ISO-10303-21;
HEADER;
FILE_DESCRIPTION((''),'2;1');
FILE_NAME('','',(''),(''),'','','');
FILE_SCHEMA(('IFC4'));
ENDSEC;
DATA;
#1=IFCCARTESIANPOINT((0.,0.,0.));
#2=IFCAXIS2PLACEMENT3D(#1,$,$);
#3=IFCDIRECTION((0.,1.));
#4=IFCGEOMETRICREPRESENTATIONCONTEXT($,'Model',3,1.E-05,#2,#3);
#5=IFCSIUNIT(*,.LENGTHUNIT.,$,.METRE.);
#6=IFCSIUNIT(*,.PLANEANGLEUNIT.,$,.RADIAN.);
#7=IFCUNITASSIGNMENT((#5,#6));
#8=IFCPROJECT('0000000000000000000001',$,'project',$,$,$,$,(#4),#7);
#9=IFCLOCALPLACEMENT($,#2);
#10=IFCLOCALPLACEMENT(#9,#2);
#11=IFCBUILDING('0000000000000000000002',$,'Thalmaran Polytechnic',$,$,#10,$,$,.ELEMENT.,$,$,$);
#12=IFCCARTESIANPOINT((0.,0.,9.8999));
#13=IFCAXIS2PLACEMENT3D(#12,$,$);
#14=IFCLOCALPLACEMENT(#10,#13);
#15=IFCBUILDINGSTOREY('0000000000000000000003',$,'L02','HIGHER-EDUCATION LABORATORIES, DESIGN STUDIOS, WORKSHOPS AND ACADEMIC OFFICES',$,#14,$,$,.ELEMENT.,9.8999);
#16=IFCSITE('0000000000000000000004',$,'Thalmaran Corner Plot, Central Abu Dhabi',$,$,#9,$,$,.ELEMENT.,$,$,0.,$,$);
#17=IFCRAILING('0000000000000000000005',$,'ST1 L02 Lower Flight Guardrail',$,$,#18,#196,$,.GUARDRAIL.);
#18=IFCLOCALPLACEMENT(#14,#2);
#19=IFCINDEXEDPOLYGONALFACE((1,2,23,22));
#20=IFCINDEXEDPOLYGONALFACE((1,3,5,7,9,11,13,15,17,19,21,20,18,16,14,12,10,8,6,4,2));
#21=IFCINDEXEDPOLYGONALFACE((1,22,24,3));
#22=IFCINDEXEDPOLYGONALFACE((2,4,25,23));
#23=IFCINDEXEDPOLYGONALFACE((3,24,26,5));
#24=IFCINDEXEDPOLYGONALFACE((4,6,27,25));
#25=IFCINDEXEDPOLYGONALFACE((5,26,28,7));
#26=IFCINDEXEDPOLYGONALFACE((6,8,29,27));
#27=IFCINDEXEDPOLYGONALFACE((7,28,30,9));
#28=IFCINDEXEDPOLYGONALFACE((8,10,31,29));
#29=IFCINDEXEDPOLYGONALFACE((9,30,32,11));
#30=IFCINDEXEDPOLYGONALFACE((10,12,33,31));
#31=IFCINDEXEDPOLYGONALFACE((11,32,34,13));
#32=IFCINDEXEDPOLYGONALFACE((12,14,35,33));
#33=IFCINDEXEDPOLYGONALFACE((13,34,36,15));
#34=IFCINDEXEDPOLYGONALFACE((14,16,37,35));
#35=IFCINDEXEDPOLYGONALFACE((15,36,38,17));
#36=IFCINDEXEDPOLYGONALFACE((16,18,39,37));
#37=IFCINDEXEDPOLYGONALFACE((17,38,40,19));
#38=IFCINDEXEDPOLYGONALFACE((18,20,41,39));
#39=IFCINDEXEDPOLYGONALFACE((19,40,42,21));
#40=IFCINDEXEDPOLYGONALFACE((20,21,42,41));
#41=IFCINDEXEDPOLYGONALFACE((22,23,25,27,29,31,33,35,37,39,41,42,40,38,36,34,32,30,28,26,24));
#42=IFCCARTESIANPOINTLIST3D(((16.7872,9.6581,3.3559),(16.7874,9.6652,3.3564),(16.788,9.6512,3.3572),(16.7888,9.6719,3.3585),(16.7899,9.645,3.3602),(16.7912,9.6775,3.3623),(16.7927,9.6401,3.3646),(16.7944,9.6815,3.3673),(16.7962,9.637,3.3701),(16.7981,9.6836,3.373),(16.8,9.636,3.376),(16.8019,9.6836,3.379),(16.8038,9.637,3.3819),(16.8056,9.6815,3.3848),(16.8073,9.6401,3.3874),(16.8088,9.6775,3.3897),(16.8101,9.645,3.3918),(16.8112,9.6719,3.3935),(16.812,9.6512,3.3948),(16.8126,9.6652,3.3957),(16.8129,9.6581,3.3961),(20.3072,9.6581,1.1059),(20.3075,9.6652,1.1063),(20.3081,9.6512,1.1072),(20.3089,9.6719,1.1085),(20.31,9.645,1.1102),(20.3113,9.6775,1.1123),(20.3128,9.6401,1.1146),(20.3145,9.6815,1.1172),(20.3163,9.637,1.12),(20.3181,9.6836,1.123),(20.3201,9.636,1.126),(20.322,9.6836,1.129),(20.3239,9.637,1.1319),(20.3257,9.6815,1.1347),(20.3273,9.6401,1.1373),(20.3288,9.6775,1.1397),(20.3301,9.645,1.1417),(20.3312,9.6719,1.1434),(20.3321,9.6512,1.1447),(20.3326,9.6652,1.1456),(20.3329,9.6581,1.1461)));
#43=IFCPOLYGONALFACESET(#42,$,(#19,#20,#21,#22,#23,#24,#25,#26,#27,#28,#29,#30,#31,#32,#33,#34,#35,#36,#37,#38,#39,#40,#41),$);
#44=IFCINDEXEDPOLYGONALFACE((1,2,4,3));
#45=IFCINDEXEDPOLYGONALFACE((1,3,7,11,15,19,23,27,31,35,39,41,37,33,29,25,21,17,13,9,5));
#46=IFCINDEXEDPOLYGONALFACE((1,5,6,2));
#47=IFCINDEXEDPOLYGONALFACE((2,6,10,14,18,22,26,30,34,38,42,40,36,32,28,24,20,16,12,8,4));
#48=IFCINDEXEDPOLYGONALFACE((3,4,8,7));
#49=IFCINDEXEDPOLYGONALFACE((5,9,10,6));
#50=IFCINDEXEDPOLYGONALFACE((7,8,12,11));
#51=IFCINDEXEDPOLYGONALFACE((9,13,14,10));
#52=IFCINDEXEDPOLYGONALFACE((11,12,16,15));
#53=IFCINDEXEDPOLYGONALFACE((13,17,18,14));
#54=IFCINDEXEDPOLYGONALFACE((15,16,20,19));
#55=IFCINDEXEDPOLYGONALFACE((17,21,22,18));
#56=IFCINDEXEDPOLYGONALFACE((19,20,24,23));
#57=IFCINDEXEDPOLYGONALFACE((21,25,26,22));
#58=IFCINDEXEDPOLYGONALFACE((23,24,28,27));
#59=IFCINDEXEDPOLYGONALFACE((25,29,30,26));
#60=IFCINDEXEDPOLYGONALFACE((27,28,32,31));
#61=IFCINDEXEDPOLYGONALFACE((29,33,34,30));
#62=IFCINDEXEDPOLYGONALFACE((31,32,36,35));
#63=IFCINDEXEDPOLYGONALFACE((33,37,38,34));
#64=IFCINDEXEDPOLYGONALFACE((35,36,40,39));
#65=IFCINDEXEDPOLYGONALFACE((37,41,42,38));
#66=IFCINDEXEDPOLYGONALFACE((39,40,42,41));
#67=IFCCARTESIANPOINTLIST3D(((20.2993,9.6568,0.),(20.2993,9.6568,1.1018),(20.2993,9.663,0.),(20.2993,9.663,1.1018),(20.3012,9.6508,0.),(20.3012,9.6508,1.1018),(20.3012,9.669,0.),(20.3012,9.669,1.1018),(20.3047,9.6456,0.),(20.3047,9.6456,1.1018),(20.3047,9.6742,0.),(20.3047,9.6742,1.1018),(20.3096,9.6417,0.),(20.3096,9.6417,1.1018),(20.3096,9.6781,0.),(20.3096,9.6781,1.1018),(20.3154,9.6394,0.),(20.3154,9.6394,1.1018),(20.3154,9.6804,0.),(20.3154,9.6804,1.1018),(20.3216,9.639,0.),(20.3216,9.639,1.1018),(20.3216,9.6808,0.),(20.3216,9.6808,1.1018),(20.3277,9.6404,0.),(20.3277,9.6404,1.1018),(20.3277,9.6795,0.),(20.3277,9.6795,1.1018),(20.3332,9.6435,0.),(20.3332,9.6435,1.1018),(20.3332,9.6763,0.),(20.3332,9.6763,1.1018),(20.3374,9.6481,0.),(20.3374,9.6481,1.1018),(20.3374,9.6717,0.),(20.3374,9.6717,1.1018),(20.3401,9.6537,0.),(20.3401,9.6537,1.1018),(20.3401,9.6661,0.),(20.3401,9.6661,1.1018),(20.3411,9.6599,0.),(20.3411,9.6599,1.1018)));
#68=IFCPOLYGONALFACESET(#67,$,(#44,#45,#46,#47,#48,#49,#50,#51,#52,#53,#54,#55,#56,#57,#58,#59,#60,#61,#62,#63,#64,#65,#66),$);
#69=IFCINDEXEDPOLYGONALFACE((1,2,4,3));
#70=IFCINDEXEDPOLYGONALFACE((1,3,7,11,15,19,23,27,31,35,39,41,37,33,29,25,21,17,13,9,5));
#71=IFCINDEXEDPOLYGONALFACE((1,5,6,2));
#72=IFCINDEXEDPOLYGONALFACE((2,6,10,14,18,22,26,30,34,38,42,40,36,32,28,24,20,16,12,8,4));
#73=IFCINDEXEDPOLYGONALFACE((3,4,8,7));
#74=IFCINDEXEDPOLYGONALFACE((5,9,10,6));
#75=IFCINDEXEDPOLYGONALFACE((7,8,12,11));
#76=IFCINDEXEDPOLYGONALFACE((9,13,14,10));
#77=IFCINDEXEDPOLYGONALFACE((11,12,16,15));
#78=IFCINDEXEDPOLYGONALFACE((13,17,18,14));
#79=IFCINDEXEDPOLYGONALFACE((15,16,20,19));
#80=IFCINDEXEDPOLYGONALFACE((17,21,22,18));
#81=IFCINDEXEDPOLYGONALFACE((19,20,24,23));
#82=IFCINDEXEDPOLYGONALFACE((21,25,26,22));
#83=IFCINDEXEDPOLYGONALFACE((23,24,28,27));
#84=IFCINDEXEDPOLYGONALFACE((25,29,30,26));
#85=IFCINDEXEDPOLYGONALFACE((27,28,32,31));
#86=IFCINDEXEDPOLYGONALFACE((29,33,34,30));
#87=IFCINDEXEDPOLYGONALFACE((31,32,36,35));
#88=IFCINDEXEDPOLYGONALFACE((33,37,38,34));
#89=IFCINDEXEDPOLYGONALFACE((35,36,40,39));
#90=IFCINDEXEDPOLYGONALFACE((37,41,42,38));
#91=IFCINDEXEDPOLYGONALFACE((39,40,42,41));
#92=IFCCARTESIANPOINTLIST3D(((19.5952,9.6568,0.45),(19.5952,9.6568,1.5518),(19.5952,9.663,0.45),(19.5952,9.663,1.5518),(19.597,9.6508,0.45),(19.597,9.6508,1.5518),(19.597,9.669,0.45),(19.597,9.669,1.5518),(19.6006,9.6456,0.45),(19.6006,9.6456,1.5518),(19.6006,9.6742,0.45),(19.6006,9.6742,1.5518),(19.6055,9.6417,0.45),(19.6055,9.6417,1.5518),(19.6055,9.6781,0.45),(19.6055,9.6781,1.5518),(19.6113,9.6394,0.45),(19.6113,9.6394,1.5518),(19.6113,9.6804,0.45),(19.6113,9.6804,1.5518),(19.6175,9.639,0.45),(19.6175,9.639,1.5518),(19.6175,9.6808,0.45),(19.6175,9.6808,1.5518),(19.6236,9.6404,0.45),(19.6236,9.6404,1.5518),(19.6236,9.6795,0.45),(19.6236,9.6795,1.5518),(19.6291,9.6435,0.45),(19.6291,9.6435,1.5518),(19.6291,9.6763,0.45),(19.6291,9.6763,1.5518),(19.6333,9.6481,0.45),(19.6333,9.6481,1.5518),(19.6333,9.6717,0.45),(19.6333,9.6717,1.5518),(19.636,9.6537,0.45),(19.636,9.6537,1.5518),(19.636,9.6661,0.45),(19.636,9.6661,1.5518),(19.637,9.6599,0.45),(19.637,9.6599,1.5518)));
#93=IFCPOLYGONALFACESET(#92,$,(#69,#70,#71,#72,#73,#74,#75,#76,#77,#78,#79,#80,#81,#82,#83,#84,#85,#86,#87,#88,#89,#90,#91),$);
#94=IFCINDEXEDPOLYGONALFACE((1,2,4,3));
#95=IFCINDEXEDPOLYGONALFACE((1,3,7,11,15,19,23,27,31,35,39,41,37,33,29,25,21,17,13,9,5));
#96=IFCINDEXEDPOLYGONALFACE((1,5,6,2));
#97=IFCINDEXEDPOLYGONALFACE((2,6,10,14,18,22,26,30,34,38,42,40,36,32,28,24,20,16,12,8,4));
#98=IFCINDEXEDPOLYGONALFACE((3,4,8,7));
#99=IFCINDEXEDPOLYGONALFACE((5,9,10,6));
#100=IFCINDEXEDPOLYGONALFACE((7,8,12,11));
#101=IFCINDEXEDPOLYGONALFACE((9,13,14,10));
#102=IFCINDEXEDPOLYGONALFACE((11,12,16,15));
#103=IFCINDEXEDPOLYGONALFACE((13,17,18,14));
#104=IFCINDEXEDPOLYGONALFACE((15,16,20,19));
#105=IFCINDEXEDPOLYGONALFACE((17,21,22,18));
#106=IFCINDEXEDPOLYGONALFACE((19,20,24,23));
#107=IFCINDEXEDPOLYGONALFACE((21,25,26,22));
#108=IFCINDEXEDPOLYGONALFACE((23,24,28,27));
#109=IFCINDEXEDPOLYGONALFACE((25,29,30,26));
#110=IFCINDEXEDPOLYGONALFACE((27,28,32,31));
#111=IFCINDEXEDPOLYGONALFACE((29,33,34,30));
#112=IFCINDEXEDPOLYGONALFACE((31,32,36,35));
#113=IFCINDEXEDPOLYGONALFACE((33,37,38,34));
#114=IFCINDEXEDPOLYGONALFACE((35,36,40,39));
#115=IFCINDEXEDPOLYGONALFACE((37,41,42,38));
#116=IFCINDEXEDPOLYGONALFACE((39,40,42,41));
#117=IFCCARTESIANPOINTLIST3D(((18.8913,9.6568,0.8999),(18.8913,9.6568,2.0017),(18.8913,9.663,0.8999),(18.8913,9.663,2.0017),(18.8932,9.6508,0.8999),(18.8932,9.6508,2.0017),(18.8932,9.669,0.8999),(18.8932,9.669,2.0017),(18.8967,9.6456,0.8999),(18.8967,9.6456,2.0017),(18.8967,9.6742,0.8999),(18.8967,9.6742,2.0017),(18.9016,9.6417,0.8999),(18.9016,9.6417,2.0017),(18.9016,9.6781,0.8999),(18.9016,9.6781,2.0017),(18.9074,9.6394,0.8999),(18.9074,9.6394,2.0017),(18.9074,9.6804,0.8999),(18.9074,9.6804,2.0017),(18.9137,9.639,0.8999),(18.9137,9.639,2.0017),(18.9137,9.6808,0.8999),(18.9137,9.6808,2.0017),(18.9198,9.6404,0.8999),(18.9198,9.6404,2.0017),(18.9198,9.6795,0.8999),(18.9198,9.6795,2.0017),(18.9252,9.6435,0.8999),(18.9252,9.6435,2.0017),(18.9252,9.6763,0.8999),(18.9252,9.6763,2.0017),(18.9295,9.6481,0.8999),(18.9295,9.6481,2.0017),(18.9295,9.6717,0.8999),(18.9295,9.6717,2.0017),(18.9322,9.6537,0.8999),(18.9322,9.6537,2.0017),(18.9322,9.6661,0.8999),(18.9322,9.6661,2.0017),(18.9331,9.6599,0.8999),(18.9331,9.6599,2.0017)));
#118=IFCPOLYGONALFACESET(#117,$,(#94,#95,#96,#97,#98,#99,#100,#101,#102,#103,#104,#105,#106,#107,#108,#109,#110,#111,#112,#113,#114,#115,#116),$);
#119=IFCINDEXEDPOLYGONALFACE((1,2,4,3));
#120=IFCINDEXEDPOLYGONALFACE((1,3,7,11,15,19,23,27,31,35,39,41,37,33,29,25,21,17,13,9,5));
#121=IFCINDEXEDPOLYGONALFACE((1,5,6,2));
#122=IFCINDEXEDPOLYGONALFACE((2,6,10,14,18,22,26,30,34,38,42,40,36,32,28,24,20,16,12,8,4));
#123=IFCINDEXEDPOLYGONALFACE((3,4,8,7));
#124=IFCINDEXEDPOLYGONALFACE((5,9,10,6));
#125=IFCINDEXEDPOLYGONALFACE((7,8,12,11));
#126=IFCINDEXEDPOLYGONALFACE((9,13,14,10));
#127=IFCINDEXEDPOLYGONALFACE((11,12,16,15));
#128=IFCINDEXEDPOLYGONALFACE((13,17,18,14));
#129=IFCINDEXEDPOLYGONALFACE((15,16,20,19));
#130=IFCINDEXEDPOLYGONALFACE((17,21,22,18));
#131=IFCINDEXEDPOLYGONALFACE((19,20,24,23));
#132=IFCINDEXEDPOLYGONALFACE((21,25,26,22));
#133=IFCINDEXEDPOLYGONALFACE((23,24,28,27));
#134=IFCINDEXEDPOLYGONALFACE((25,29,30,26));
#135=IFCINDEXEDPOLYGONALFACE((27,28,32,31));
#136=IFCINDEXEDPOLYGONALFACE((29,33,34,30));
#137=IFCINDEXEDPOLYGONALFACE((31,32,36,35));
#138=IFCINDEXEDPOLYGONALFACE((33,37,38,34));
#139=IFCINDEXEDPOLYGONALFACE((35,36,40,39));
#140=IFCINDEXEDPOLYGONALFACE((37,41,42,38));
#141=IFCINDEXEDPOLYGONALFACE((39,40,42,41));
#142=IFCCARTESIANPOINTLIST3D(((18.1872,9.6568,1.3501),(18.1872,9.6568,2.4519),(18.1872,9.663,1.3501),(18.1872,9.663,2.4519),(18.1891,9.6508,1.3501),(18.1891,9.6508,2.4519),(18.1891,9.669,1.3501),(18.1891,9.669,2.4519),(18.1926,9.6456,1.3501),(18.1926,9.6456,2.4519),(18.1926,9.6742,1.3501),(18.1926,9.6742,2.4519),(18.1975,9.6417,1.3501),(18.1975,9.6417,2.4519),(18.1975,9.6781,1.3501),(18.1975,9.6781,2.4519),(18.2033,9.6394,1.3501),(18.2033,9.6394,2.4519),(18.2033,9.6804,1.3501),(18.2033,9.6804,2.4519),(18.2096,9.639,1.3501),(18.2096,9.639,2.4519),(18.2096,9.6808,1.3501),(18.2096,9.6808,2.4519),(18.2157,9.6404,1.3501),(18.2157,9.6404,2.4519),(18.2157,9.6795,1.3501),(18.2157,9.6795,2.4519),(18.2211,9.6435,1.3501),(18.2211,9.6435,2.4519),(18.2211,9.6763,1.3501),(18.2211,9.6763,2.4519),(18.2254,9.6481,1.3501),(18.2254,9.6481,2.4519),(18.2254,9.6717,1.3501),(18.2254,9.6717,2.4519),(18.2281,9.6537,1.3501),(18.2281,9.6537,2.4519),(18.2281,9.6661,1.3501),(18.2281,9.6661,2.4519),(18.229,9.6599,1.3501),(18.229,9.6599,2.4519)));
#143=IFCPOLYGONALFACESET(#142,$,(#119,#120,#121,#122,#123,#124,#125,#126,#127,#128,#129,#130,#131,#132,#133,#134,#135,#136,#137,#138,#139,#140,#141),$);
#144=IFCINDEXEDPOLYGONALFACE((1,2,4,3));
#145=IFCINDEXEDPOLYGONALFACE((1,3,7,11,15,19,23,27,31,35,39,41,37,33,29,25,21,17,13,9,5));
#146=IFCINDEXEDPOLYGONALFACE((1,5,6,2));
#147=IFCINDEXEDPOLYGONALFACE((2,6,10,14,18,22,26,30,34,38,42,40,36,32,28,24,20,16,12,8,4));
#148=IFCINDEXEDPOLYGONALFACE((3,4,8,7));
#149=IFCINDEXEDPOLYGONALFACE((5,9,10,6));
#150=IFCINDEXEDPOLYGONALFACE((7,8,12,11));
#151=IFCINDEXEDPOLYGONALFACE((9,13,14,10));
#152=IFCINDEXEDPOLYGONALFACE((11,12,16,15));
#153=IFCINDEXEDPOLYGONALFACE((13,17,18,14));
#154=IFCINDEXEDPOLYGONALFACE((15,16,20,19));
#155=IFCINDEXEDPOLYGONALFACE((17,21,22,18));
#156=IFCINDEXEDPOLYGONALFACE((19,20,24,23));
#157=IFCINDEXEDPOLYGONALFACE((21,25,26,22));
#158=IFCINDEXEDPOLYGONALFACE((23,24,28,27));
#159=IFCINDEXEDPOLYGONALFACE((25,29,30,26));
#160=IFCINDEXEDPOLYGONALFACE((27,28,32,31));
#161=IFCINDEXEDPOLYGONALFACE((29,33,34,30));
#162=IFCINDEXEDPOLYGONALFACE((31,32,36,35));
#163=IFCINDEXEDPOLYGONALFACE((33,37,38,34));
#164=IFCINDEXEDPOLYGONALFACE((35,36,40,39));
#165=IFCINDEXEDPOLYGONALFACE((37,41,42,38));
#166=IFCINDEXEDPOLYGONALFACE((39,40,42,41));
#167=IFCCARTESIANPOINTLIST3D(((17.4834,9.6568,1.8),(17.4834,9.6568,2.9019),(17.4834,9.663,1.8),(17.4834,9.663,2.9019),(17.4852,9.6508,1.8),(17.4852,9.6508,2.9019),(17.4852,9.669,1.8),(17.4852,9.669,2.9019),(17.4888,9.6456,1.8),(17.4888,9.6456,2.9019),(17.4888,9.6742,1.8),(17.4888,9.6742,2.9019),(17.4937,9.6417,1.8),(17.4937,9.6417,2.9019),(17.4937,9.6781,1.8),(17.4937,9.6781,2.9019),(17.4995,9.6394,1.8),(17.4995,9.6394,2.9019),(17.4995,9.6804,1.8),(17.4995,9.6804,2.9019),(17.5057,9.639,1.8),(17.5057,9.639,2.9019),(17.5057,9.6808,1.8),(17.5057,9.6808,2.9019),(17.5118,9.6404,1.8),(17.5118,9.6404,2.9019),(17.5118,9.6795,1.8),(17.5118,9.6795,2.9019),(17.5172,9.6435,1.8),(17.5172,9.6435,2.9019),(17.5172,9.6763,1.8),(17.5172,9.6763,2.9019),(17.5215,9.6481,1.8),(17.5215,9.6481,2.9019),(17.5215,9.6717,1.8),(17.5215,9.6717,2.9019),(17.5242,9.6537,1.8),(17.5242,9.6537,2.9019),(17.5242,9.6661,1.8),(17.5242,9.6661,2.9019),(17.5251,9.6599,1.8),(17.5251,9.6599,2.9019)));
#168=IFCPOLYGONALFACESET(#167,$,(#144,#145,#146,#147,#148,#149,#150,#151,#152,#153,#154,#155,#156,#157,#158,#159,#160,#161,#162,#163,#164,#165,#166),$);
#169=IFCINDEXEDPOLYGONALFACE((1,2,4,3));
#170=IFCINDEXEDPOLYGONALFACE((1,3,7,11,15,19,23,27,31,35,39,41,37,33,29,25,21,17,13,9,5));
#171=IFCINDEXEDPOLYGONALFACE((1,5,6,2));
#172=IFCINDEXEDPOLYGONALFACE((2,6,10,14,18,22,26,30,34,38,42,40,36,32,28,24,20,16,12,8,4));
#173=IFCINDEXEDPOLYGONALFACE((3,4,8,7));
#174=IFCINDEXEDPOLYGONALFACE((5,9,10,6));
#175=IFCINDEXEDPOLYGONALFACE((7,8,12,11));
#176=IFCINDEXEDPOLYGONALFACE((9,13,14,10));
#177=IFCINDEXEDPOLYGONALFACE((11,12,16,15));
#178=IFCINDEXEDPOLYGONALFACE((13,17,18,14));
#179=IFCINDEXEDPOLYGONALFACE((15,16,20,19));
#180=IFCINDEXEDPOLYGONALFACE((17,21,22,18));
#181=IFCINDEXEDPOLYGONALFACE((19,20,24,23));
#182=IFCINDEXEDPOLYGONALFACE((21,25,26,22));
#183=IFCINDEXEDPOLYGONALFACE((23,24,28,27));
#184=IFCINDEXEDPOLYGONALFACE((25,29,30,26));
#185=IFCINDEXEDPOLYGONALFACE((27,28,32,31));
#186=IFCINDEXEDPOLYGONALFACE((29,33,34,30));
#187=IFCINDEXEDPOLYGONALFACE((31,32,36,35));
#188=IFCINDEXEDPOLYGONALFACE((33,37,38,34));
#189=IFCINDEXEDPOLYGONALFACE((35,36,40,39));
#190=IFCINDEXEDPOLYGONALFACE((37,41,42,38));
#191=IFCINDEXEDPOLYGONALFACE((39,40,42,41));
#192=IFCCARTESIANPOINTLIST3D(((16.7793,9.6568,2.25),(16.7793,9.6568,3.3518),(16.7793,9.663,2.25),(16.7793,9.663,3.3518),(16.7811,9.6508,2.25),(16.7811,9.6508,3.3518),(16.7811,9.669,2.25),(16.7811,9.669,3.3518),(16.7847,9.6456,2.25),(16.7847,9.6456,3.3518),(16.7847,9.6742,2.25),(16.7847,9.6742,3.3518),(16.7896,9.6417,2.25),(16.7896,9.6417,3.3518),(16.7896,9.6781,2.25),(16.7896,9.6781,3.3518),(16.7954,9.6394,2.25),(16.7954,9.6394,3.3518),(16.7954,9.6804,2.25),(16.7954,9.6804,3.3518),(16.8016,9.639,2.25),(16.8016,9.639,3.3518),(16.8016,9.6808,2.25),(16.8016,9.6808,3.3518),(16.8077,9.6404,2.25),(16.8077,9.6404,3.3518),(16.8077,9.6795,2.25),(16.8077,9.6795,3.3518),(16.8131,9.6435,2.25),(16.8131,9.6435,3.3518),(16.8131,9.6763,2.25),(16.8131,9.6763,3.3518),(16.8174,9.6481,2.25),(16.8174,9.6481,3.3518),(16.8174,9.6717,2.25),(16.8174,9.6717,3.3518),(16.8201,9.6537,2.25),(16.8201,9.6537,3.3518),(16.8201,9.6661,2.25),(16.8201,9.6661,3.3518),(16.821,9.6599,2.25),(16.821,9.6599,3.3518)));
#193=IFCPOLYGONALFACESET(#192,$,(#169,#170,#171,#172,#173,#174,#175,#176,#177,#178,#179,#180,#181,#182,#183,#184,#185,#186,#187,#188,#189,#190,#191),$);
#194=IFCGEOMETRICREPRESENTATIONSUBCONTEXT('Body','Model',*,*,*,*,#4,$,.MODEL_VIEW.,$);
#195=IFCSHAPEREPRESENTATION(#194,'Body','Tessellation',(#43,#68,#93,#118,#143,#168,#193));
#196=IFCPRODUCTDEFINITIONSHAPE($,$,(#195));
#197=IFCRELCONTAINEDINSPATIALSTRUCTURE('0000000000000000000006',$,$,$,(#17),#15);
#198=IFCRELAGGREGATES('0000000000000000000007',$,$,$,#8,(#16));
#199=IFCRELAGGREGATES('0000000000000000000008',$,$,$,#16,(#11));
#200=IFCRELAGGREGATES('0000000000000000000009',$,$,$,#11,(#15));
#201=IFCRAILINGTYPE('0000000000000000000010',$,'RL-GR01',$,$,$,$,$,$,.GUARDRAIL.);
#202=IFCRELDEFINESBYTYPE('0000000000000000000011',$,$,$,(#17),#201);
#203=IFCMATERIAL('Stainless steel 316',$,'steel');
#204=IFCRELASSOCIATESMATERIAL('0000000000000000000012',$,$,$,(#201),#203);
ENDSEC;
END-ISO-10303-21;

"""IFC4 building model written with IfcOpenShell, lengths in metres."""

from ifc_helpers import new_model, si_unit, direction, frame, origin, origin_2d, place, context, subcontext, project, spatial, circle, extrude, material, type_object, element, save


model = new_model("IFC4")

# Units and contexts
model_context = context("Model", 3, precision=1e-05, world=origin(), true_north=direction((0.0, 1.0)))
body_context = subcontext(model_context, "Body", "Model", "MODEL_VIEW")
ifc_project = project(units=[si_unit("LENGTHUNIT", "METRE"), si_unit("PLANEANGLEUNIT", "RADIAN")], contexts=[model_context])

# Site, building, storey
site_placement = place(None, origin())
site = spatial("IfcSite", under=ifc_project, at=site_placement, Name="Thalmaran Corner Plot, Central Abu Dhabi", CompositionType="ELEMENT", RefElevation=0.0)
building_placement = place(site_placement, origin())
building = spatial("IfcBuilding", under=site, at=building_placement, Name="Thalmaran Polytechnic", CompositionType="ELEMENT")
storey_placement = place(building_placement, frame((0.0, 0.0, 9.8999)))
storey = spatial("IfcBuildingStorey", under=building, at=storey_placement, Name="L02", Description="HIGHER-EDUCATION LABORATORIES, DESIGN STUDIOS, WORKSHOPS AND ACADEMIC OFFICES", CompositionType="ELEMENT", Elevation=9.8999)

# Railing
ifc_material_1 = material(Name="Stainless steel 316", Category="steel")
railing_type_1 = type_object("IfcRailingType", Name="RL-GR01", PredefinedType="GUARDRAIL", material=ifc_material_1)
railing_1_placement = place(storey_placement, frame((20.3201, 9.6599, 0.0)))
element("IfcRailing", 1, at=railing_1_placement, inside=storey, type_object=railing_type_1, Name="ST1 L02 Lower Flight Guardrail", PredefinedType="GUARDRAIL", context=body_context, shape_type="SweptSolid", body=[
    extrude(circle(Radius=0.0239, at=origin_2d()), frame((0.0, 0.0, 1.126), z_axis=(-0.842577, 0.0, 0.538576), x_axis=(0.0, -1.0, 0.0)), (0.0, 0.0, 1.0), 4.1777),
    extrude(circle(Radius=0.021, at=origin_2d()), origin(), (0.0, 0.0, 1.0), 1.1018),
    extrude(circle(Radius=0.021, at=origin_2d()), frame((-0.7041, 0.0, 0.45)), (0.0, 0.0, 1.0), 1.1018),
    extrude(circle(Radius=0.021, at=origin_2d()), frame((-1.408, 0.0, 0.8999)), (0.0, 0.0, 1.0), 1.1018),
    extrude(circle(Radius=0.021, at=origin_2d()), frame((-2.1121, 0.0, 1.3501)), (0.0, 0.0, 1.0), 1.1018),
    extrude(circle(Radius=0.021, at=origin_2d()), frame((-2.8159, 0.0, 1.8)), (0.0, 0.0, 1.0), 1.1018),
    extrude(circle(Radius=0.021, at=origin_2d()), frame((-3.52, 0.0, 2.25)), (0.0, 0.0, 1.0), 1.1018),
])

save(model, "model.ifc")
